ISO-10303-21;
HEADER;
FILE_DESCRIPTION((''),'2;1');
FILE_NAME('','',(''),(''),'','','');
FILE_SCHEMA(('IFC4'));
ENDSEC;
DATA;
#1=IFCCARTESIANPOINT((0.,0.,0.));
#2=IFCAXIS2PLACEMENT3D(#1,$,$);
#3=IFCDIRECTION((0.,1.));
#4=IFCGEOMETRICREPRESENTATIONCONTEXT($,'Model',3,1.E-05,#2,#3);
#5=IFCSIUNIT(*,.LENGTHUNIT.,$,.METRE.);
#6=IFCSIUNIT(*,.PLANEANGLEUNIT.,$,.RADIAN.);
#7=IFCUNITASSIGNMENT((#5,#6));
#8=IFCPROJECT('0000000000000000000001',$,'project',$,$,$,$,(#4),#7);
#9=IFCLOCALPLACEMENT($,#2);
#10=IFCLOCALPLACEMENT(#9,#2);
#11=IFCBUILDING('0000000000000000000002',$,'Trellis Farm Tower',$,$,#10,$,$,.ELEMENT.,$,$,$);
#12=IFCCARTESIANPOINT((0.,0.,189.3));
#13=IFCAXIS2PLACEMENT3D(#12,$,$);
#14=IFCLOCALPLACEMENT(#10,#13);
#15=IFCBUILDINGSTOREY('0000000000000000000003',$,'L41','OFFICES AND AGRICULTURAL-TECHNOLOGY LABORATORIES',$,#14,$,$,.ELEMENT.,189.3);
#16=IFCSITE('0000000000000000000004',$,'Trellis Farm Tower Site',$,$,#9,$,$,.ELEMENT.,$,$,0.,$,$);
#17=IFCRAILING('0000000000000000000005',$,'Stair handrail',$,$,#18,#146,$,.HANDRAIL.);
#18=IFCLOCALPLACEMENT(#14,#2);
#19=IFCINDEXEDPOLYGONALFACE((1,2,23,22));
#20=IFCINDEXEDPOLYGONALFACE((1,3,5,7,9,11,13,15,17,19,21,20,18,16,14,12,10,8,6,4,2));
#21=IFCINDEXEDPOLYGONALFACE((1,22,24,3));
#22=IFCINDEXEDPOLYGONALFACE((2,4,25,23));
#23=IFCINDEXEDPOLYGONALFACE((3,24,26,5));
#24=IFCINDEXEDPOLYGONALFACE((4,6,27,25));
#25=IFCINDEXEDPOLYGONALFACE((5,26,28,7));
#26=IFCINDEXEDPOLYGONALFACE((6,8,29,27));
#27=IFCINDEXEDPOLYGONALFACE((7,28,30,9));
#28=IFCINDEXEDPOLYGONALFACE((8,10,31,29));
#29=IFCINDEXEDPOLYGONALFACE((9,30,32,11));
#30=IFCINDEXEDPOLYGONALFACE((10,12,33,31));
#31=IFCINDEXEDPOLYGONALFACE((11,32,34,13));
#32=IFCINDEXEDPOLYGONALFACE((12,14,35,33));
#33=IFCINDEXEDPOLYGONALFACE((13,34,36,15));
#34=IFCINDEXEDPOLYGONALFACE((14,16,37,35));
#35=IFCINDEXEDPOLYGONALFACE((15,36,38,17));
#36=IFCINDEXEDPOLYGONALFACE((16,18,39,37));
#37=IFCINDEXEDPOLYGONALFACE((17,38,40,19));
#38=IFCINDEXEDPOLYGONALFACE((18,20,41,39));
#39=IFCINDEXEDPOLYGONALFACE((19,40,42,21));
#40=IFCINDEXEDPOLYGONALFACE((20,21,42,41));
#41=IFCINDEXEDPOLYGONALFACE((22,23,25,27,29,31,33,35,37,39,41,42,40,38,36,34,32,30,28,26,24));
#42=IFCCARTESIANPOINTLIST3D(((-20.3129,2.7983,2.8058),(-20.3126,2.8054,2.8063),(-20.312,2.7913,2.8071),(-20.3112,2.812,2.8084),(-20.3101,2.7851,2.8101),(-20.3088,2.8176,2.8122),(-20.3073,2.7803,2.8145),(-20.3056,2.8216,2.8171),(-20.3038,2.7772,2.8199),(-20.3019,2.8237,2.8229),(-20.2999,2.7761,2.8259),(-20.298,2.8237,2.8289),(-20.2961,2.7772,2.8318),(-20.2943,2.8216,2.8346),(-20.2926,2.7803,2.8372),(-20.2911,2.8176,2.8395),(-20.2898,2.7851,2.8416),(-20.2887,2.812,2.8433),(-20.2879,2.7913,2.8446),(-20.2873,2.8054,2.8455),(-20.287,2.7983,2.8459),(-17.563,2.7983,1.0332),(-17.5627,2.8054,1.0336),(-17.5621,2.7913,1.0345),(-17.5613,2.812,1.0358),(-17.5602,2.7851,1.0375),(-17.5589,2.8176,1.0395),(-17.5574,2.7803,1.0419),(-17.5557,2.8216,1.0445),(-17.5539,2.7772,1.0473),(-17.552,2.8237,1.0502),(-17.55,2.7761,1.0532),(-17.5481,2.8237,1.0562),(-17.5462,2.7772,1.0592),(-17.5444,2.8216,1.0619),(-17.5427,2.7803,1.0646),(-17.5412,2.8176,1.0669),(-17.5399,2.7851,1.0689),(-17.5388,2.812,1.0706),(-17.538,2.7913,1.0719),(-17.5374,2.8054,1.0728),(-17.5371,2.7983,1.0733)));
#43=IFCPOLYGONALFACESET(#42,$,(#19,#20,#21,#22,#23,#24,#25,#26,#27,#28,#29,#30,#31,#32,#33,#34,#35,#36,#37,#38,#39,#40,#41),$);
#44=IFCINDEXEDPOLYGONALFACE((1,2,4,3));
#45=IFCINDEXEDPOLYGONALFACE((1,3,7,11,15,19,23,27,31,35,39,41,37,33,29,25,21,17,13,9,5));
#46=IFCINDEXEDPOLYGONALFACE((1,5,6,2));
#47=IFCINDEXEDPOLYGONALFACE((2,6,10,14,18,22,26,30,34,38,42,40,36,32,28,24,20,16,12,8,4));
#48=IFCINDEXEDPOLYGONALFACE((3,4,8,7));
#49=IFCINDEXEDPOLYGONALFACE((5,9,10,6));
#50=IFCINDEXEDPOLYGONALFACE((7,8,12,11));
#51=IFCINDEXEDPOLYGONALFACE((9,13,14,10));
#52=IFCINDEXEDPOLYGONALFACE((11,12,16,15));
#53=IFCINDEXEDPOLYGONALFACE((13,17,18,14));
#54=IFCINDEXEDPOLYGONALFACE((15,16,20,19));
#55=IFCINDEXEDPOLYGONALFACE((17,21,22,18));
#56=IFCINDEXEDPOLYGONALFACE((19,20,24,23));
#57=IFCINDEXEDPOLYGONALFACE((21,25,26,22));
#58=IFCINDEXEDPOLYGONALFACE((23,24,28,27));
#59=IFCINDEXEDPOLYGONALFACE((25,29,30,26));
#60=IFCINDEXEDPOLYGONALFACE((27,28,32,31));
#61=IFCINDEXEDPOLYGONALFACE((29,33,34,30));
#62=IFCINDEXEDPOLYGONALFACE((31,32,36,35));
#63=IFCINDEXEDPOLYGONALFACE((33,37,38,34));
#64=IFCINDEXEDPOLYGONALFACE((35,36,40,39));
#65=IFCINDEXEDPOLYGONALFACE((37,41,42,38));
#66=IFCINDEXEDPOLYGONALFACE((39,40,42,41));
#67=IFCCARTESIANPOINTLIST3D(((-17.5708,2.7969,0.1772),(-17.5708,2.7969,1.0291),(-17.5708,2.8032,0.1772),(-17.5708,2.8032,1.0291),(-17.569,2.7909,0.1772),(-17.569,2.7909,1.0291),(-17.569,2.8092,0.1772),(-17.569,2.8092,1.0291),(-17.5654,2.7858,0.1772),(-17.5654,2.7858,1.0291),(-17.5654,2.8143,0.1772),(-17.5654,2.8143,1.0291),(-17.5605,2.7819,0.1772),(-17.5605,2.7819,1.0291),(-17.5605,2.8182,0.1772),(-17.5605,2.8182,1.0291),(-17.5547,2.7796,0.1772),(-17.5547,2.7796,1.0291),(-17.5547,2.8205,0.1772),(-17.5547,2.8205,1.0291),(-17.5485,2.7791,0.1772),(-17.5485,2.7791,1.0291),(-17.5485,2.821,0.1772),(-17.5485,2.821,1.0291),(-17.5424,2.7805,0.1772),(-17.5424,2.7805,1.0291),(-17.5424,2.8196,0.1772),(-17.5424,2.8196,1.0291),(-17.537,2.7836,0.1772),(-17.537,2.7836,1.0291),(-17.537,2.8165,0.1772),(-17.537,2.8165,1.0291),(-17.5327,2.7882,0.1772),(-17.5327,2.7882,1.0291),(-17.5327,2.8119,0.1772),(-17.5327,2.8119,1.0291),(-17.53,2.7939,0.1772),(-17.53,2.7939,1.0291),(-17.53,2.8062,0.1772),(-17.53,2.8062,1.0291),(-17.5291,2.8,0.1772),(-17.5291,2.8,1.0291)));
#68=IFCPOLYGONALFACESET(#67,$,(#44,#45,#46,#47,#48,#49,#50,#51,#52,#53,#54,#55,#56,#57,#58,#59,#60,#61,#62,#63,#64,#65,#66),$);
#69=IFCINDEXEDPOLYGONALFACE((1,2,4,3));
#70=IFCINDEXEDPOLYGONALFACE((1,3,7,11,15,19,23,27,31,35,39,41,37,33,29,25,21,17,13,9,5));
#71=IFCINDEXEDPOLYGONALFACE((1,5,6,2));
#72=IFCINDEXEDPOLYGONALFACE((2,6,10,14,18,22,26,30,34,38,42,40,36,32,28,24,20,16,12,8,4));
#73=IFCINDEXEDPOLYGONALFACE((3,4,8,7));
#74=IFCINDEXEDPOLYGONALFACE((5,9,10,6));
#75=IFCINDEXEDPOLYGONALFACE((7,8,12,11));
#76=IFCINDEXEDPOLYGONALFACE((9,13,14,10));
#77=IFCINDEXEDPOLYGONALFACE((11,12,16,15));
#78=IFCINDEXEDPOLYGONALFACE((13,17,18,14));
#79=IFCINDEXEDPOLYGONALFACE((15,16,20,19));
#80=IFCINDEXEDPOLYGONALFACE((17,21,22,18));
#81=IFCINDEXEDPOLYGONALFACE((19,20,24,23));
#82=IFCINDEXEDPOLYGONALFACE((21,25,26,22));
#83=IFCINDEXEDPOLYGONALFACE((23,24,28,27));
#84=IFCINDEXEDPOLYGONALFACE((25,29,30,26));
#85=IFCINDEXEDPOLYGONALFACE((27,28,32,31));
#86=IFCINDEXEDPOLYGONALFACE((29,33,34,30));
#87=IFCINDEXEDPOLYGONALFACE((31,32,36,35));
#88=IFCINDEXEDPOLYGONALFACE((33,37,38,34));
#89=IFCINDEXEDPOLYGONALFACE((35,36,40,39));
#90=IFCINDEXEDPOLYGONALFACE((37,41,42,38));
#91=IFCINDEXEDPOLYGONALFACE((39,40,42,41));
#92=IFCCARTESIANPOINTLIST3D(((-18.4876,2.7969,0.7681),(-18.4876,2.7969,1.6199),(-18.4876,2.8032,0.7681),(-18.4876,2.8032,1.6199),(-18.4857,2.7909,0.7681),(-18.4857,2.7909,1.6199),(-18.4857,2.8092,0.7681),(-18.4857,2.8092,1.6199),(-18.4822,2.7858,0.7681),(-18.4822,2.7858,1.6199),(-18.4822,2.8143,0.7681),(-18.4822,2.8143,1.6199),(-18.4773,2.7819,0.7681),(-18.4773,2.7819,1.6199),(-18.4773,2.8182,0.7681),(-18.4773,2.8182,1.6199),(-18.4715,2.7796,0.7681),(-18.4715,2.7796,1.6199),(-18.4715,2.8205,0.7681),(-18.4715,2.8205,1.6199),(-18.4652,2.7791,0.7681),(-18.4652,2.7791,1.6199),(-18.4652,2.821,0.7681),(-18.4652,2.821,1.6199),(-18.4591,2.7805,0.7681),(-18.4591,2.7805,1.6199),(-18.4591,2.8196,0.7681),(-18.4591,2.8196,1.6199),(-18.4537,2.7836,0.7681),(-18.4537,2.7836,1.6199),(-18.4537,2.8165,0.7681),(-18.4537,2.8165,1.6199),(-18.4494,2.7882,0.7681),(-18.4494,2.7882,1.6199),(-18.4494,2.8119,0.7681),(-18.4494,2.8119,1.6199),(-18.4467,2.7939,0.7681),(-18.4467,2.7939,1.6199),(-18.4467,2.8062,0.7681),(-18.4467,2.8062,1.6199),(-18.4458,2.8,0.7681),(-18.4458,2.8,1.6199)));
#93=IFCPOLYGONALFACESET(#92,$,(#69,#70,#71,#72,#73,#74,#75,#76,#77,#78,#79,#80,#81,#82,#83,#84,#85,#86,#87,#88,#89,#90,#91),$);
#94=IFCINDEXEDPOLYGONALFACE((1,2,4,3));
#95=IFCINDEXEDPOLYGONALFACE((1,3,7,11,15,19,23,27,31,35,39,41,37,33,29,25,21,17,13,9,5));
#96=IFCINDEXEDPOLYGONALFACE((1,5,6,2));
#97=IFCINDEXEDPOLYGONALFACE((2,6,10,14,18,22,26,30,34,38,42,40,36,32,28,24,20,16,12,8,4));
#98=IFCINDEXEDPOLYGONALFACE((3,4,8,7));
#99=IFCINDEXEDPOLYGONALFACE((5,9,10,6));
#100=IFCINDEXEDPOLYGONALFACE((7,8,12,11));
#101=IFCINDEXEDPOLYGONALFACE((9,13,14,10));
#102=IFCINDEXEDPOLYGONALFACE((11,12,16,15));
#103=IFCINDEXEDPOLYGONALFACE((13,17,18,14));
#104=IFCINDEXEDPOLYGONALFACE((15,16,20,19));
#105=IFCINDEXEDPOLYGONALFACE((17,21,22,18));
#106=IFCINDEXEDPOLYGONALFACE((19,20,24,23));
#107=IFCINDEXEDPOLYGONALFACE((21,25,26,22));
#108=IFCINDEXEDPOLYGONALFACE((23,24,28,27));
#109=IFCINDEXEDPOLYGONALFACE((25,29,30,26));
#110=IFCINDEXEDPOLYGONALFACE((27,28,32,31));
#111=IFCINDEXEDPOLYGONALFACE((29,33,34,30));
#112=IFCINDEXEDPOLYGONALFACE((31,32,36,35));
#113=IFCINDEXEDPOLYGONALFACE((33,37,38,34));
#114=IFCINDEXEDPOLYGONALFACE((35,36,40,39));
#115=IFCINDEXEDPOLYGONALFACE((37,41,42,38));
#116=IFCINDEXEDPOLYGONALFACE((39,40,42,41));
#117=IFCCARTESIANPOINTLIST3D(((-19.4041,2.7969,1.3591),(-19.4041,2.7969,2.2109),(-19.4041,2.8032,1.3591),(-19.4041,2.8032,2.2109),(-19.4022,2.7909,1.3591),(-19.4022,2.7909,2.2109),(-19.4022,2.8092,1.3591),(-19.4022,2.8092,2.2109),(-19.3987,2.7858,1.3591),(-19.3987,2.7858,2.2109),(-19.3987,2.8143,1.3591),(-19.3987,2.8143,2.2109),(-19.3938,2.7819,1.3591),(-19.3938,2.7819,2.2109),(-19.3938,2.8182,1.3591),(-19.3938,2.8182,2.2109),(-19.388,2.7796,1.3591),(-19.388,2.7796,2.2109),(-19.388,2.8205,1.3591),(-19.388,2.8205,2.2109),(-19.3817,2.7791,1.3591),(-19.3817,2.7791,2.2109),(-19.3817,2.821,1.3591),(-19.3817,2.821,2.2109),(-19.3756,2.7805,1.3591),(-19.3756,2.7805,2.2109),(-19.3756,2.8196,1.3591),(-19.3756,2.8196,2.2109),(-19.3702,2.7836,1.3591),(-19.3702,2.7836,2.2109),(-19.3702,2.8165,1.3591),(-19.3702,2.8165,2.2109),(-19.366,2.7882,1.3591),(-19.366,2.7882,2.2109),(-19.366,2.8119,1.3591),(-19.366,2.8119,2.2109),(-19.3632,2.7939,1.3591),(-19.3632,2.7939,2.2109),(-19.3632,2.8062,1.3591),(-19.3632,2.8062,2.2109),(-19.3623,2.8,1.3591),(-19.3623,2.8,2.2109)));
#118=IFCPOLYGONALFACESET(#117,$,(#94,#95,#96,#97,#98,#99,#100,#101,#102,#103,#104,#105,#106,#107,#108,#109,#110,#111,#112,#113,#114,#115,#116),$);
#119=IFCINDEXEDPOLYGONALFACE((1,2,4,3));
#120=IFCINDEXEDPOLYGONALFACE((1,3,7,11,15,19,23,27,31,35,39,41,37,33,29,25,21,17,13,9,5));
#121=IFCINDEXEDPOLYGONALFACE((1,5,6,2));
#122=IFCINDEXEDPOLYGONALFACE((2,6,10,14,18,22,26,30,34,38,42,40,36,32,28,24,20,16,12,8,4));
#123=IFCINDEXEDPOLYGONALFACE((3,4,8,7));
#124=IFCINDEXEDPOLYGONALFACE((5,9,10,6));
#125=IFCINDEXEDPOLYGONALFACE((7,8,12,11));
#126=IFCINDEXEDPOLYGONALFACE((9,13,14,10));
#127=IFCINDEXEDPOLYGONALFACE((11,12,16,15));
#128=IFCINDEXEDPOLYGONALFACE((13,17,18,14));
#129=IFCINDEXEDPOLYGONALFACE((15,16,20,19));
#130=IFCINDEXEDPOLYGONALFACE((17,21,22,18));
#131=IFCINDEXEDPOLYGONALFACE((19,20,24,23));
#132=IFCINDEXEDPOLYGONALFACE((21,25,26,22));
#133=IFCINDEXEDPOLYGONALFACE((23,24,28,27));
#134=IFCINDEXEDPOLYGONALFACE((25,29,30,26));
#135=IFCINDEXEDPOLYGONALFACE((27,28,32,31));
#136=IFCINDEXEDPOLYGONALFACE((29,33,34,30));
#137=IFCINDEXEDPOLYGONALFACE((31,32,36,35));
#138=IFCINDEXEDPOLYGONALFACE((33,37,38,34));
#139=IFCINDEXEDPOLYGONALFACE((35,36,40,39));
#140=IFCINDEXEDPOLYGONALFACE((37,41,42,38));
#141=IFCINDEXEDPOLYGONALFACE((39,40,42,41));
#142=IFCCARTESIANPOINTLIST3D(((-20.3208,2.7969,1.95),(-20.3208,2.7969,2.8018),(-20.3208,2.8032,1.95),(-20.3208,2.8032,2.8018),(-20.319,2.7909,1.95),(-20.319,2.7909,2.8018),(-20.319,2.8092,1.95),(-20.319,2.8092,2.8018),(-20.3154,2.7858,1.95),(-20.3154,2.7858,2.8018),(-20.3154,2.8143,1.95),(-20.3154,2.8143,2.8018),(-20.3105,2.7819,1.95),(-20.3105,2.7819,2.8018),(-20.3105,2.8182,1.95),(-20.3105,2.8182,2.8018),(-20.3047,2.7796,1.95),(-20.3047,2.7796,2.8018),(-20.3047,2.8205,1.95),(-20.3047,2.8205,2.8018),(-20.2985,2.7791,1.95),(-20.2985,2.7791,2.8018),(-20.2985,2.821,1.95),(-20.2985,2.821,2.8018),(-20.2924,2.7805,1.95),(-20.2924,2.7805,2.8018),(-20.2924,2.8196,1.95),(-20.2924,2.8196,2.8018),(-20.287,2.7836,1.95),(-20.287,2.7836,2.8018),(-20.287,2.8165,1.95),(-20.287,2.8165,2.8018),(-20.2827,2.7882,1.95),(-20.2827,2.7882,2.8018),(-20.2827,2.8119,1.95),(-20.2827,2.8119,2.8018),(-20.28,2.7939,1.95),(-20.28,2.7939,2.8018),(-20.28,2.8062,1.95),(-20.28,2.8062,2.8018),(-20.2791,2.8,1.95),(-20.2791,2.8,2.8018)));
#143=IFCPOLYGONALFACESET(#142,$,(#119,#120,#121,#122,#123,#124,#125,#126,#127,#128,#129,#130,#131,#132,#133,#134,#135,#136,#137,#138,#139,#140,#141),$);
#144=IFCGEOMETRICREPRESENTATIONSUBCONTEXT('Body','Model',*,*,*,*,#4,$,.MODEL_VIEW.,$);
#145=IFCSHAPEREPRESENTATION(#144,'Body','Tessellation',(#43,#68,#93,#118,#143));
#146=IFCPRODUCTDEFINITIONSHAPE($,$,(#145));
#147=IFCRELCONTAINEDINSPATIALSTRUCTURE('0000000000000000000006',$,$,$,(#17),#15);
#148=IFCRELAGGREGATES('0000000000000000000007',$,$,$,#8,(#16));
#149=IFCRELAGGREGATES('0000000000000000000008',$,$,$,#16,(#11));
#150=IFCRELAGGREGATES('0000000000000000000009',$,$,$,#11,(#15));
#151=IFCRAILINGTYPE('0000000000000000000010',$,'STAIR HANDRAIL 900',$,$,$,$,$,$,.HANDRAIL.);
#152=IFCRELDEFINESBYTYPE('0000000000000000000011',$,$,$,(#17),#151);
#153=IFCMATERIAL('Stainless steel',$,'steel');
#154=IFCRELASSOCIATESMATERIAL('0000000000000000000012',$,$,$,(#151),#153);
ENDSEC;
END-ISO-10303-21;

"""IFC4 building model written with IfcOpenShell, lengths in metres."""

from ifc_helpers import new_model, si_unit, direction, frame, origin, origin_2d, place, context, subcontext, project, spatial, circle, extrude, source, transform, mapped, material, type_object, element, save


model = new_model("IFC4")

# Units and contexts
model_context = context("Model", 3, precision=1e-05, world=origin(), true_north=direction((0.0, 1.0)))
body_context = subcontext(model_context, "Body", "Model", "MODEL_VIEW")
ifc_project = project(units=[si_unit("LENGTHUNIT", "METRE"), si_unit("PLANEANGLEUNIT", "RADIAN")], contexts=[model_context])

# Site, building, storey
site_placement = place(None, origin())
site = spatial("IfcSite", under=ifc_project, at=site_placement, Name="Trellis Farm Tower Site", CompositionType="ELEMENT", RefElevation=0.0)
building_placement = place(site_placement, origin())
building = spatial("IfcBuilding", under=site, at=building_placement, Name="Trellis Farm Tower", CompositionType="ELEMENT")
storey_placement = place(building_placement, frame((0.0, 0.0, 189.3)))
storey = spatial("IfcBuildingStorey", under=building, at=storey_placement, Name="L41", Description="OFFICES AND AGRICULTURAL-TECHNOLOGY LABORATORIES", CompositionType="ELEMENT", Elevation=189.3)

# Railing
ifc_material_1 = material(Name="Stainless steel", Category="steel")
railing_type = type_object("IfcRailingType", Name="STAIR HANDRAIL 900", PredefinedType="HANDRAIL", material=ifc_material_1)
shared_shape_1 = source(origin(), body_context, "Body", "SweptSolid", [
    extrude(circle(Radius=0.0239, at=origin_2d()), frame((0.0, 0.0, 0.876), z_axis=(-0.840504, 0.0, 0.541806), x_axis=(0.0, -1.0, 0.0)), (0.0, 0.0, 1.0), 3.2717),
    extrude(circle(Radius=0.021, at=origin_2d()), origin(), (0.0, 0.0, 1.0), 0.8518),
    extrude(circle(Radius=0.021, at=origin_2d()), frame((-0.9167, 0.0, 0.5908)), (0.0, 0.0, 1.0), 0.8518),
    extrude(circle(Radius=0.021, at=origin_2d()), frame((-1.8333, 0.0, 1.1819)), (0.0, 0.0, 1.0), 0.8518),
    extrude(circle(Radius=0.021, at=origin_2d()), frame((-2.75, 0.0, 1.7727)), (0.0, 0.0, 1.0), 0.8518),
])
for number, where, name in (
    (1, (-17.55, 2.8, 0.1772), "Stair handrail"),
):
    element("IfcRailing", number, at=place(storey_placement, frame(where)), inside=storey, type_object=railing_type, Name=name, PredefinedType="HANDRAIL", context=body_context, shape_type="MappedRepresentation", body=[
        mapped(shared_shape_1, transform((0.0, 0.0, 0.0))),
    ])

save(model, "model.ifc")
